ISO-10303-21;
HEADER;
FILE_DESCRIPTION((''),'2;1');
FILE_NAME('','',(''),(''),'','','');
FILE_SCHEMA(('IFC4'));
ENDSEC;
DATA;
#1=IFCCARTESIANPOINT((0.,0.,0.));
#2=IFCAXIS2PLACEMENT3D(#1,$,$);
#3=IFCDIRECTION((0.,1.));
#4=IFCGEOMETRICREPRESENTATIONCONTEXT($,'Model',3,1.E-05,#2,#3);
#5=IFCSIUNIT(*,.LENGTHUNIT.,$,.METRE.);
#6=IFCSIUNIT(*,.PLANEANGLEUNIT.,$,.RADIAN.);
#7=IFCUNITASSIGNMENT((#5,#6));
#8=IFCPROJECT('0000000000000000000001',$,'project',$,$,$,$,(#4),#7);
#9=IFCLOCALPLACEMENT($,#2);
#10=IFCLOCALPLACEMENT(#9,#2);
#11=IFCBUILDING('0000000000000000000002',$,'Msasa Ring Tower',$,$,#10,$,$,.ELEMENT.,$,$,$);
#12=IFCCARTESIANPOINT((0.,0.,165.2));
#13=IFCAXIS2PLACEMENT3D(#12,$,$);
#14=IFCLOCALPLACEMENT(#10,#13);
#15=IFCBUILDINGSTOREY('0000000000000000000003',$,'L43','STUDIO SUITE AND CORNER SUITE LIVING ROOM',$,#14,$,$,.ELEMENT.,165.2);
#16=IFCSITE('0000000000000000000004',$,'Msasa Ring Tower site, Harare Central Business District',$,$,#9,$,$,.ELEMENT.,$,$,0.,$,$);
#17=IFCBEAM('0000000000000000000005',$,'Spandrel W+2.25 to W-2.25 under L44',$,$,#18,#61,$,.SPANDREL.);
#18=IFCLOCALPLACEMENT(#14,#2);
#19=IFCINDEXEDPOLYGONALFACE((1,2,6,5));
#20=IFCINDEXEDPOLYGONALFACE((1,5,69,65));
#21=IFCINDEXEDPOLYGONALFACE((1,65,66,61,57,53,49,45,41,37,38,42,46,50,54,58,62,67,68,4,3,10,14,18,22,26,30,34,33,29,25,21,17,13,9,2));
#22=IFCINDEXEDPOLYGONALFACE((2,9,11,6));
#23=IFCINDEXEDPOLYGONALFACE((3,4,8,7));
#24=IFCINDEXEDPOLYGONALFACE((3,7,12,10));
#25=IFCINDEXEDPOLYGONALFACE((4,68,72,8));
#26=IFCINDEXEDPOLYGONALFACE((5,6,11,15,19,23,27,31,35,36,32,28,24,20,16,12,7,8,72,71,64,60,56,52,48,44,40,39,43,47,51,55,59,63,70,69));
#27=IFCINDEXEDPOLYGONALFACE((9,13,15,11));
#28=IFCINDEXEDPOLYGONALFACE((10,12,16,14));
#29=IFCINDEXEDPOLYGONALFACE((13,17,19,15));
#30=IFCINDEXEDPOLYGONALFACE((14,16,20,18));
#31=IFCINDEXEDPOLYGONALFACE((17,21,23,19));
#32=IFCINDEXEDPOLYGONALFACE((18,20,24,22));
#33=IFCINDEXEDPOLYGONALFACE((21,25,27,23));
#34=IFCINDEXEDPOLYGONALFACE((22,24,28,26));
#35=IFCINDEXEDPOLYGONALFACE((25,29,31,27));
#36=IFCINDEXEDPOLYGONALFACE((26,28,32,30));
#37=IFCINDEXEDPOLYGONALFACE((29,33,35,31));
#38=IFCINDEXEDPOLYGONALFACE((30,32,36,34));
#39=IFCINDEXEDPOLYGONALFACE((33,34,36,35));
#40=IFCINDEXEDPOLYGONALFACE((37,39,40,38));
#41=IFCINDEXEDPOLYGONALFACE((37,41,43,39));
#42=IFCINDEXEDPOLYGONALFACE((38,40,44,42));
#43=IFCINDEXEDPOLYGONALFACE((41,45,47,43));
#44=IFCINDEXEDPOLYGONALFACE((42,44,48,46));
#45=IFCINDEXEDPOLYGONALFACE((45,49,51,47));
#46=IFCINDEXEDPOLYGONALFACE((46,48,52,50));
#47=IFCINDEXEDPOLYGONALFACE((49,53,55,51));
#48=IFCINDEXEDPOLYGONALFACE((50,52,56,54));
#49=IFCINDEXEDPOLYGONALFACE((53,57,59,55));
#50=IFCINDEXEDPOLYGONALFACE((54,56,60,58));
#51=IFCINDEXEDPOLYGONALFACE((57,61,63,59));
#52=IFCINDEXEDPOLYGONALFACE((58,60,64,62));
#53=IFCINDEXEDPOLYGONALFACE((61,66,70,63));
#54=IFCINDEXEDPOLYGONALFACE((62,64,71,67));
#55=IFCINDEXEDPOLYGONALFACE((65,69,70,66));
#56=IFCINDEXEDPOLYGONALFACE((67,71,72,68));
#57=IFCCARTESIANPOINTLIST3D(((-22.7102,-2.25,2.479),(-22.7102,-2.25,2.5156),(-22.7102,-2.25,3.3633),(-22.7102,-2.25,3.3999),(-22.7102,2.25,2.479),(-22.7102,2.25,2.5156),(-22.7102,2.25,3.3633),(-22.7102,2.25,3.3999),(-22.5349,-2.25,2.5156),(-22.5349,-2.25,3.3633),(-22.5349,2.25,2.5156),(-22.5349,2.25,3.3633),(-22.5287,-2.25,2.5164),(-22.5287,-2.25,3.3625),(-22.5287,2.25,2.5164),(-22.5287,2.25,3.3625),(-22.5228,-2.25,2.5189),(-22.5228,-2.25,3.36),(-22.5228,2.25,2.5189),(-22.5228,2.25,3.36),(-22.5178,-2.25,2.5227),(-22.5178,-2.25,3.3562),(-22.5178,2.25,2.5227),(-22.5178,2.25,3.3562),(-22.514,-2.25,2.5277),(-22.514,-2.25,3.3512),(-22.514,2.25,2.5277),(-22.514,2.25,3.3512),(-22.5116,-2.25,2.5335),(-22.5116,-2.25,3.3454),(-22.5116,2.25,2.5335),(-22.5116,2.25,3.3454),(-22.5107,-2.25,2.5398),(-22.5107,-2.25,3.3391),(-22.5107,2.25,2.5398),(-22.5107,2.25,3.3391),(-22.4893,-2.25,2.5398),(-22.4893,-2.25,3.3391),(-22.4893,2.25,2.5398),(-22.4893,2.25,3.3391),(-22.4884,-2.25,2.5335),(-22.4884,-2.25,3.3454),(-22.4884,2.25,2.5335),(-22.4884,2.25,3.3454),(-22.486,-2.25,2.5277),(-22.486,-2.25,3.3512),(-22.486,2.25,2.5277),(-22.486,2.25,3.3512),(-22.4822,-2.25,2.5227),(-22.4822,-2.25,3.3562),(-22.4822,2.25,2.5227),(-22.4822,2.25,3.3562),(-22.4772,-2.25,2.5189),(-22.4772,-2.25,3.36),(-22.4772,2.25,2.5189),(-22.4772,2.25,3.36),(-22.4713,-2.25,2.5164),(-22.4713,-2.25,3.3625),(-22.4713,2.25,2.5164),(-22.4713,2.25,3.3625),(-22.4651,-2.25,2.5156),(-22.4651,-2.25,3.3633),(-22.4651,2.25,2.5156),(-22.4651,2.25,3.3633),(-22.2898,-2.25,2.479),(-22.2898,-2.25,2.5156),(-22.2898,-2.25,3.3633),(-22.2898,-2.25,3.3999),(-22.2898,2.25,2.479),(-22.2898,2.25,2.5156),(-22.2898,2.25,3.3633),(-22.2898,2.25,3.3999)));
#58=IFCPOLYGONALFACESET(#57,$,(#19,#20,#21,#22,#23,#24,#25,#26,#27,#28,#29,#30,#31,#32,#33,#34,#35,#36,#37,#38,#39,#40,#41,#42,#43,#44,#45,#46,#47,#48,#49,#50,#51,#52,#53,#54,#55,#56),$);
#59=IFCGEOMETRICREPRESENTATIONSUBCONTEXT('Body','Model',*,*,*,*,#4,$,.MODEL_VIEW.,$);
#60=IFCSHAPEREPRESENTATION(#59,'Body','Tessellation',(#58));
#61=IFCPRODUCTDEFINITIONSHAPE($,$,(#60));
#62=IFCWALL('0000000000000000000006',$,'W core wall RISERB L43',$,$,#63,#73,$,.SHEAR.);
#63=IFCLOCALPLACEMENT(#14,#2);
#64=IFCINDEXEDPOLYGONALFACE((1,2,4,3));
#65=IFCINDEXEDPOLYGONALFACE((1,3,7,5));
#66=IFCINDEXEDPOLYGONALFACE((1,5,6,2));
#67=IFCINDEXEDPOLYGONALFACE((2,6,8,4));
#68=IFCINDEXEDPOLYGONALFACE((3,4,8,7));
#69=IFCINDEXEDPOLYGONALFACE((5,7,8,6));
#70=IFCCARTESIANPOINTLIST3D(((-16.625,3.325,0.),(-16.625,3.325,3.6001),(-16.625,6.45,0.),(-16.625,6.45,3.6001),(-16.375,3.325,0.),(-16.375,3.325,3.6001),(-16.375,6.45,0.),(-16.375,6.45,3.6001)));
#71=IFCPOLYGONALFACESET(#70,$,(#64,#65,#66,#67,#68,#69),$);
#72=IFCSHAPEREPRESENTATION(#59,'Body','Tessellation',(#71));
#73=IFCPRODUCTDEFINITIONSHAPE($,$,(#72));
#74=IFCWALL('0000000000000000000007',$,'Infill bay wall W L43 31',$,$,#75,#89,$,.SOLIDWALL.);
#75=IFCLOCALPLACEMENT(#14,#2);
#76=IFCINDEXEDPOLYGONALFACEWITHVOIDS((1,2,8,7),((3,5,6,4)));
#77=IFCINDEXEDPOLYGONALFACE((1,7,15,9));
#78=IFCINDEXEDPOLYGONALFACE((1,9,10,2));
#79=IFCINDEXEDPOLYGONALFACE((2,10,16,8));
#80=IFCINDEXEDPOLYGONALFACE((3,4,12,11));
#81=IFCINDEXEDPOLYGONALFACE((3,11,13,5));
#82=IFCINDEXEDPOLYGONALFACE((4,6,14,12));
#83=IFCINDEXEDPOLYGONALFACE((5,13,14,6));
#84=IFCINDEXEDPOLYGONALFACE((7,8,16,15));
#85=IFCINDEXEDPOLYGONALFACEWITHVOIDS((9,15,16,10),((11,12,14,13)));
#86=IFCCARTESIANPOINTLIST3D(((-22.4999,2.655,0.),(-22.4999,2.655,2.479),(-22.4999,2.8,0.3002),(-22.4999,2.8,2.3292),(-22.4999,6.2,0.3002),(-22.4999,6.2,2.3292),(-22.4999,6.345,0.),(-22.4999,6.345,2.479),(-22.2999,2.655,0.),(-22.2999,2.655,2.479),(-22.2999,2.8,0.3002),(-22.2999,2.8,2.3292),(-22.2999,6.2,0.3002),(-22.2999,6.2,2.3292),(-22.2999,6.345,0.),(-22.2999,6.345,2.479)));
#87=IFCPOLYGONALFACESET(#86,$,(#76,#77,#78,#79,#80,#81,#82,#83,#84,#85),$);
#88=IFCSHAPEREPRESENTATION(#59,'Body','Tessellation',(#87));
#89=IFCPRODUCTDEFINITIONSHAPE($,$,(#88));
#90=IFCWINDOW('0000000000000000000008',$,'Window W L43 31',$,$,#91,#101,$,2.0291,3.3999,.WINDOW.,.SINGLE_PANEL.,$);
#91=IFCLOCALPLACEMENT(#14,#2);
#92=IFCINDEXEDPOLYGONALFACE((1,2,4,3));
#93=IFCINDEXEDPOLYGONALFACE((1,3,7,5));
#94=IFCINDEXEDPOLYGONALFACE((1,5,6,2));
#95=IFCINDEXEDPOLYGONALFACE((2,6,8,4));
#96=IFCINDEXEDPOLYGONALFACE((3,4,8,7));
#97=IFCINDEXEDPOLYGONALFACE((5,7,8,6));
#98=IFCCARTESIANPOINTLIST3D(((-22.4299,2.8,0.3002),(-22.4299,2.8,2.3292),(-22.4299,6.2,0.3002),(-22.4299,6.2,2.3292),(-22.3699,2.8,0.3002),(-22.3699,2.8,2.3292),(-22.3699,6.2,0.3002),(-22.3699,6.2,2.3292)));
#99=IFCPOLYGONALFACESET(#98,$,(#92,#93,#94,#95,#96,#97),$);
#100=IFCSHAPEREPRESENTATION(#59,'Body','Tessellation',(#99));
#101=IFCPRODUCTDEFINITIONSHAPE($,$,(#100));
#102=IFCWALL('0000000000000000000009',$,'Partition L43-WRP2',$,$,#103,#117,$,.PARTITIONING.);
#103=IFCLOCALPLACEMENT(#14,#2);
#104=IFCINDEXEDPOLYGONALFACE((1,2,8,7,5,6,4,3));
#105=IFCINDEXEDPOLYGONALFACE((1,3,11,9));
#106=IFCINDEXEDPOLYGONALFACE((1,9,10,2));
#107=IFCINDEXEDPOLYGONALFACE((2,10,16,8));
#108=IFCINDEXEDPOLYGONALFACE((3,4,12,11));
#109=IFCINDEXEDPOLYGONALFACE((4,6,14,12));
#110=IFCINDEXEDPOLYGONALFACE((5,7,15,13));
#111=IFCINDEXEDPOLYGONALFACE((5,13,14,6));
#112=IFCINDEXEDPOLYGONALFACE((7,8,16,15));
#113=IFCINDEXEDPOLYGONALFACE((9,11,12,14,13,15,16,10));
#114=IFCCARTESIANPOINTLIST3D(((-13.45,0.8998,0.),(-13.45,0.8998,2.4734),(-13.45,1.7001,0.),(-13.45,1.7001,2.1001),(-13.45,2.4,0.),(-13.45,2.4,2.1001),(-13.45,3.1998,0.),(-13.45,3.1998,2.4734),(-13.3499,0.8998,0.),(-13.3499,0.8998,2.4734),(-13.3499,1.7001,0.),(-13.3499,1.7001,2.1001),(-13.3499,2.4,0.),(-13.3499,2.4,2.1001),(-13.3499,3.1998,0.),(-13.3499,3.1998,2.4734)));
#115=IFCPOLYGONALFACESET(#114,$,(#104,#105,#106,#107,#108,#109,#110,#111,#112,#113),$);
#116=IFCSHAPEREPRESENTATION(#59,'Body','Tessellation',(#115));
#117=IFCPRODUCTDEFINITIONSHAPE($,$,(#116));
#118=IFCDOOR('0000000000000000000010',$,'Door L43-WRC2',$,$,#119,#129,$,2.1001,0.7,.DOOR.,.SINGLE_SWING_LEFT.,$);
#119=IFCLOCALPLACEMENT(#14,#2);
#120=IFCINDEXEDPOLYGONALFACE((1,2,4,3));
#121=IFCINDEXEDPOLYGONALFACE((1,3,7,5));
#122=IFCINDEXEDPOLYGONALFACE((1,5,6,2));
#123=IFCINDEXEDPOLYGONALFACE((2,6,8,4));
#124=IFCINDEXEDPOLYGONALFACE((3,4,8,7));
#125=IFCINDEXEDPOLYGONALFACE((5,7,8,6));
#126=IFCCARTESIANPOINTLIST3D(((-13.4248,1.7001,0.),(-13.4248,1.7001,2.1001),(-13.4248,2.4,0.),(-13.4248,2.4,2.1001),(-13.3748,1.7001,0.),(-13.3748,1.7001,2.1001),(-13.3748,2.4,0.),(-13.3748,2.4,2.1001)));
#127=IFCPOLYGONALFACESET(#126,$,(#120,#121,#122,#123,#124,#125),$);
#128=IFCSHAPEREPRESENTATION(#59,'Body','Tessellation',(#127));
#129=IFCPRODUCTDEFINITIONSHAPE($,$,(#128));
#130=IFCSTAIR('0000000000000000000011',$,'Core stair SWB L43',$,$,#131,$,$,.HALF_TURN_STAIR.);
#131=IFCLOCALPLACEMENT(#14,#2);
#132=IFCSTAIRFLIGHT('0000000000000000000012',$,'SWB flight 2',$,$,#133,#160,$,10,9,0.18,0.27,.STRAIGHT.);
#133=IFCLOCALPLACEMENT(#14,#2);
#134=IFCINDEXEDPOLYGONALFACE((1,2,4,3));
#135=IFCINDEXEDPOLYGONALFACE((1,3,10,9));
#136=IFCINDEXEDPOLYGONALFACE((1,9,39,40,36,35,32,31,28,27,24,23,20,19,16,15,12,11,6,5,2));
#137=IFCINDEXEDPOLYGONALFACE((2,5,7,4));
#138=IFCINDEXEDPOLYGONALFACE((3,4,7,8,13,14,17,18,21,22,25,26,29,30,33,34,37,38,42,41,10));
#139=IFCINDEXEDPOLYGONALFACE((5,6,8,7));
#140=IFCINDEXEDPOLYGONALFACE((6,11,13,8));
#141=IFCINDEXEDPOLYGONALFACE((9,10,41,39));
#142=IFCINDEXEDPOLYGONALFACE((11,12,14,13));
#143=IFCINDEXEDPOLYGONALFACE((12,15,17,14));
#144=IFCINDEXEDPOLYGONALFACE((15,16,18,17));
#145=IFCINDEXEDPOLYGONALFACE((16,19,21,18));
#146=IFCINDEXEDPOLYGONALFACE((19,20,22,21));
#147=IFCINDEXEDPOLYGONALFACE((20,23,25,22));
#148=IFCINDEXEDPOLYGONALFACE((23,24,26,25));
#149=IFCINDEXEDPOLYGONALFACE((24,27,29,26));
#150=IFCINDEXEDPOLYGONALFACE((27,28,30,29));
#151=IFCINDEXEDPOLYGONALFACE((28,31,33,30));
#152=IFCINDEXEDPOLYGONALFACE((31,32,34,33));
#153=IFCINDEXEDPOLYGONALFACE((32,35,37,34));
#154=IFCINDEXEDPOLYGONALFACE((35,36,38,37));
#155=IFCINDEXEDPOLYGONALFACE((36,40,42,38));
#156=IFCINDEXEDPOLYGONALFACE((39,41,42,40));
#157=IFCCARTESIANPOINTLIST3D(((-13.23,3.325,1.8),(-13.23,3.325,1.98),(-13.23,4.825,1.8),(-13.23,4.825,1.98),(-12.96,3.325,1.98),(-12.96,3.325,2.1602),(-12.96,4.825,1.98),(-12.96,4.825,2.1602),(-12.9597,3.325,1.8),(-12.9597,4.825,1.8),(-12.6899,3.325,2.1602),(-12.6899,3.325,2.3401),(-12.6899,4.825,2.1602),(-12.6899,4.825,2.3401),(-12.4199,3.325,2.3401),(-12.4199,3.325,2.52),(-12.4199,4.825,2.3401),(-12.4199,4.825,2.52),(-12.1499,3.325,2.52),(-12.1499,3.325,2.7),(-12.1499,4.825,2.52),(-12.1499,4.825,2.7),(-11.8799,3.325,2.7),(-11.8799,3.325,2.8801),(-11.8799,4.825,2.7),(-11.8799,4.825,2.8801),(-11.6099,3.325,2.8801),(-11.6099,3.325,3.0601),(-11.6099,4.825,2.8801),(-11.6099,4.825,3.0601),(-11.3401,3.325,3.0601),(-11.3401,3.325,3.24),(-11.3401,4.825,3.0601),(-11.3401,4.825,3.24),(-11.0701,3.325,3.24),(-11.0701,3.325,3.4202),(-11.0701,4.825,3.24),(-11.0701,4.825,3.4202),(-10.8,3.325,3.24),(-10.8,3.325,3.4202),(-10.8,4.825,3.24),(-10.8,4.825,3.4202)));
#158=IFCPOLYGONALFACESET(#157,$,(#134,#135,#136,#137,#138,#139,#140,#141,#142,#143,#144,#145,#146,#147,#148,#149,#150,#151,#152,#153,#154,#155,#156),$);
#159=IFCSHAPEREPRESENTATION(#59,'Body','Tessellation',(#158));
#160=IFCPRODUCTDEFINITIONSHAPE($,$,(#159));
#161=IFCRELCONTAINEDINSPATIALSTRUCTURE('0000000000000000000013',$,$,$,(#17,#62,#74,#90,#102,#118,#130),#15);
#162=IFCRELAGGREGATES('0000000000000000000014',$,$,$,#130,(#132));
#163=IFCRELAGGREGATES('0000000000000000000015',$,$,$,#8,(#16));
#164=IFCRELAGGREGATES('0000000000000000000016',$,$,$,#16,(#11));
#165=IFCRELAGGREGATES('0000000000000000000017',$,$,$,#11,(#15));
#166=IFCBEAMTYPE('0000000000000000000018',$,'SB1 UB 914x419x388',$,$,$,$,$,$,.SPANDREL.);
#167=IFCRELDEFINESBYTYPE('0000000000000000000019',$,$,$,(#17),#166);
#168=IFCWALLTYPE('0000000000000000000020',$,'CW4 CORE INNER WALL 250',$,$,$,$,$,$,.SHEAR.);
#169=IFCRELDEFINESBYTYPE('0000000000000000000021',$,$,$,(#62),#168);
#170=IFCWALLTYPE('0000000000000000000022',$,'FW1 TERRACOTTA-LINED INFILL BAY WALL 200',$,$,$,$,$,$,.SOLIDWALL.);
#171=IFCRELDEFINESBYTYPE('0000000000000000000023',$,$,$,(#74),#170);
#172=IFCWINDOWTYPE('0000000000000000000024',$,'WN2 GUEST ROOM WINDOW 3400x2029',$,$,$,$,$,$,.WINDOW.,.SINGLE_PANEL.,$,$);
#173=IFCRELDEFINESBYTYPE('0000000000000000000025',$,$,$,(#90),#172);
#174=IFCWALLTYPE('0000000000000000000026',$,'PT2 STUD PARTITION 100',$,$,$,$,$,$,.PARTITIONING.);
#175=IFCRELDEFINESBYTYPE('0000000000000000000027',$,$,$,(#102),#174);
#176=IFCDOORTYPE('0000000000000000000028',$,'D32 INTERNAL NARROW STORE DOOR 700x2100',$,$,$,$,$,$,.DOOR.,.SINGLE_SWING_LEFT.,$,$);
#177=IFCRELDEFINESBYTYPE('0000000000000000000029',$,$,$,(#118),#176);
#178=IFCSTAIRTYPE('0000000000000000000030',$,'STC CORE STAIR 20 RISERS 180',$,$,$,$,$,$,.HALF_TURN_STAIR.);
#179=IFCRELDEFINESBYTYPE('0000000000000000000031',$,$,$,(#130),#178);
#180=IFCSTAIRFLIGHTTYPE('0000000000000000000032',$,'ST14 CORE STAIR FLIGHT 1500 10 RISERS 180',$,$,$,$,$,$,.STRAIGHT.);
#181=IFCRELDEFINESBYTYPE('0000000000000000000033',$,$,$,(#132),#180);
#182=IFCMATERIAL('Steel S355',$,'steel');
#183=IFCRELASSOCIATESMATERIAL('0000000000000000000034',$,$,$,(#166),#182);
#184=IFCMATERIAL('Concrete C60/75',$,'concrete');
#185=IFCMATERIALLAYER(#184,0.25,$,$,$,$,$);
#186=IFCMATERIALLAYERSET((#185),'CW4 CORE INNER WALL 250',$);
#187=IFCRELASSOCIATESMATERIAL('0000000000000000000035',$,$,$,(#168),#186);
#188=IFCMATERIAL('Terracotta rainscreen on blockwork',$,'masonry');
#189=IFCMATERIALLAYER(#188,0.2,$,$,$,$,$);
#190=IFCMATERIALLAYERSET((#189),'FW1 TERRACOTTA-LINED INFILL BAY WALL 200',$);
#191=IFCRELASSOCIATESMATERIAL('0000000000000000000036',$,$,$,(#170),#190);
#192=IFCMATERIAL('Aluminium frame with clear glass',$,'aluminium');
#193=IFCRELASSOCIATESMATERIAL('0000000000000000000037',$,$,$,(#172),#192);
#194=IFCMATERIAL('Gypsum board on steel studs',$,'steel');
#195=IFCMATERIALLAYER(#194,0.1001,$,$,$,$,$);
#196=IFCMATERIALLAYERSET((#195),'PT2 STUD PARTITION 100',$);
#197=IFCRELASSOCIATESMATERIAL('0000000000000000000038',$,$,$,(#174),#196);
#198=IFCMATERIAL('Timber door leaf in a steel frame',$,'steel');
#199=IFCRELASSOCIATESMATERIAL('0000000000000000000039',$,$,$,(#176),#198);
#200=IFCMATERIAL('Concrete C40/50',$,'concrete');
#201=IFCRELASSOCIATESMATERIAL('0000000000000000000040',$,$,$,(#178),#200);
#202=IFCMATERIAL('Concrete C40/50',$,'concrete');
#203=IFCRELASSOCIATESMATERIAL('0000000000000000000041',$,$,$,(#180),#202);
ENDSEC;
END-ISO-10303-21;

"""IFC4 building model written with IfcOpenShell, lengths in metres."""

from ifc_helpers import new_model, si_unit, direction, frame, frame_2d, origin, origin_2d, place, context, subcontext, project, spatial, polyline, rectangle, i_section, outline, extrude, material, layer, layer_set, material_profile, profile_set, type_object, element, fill, aggregate, save


model = new_model("IFC4")

# Units and contexts
model_context = context("Model", 3, precision=1e-05, world=origin(), true_north=direction((0.0, 1.0)))
body_context = subcontext(model_context, "Body", "Model", "MODEL_VIEW")
ifc_project = project(units=[si_unit("LENGTHUNIT", "METRE"), si_unit("PLANEANGLEUNIT", "RADIAN")], contexts=[model_context])

# Site, building, storey
site_placement = place(None, origin())
site = spatial("IfcSite", under=ifc_project, at=site_placement, Name="Msasa Ring Tower site, Harare Central Business District", CompositionType="ELEMENT", RefElevation=0.0)
building_placement = place(site_placement, origin())
building = spatial("IfcBuilding", under=site, at=building_placement, Name="Msasa Ring Tower", CompositionType="ELEMENT")
storey_placement = place(building_placement, frame((0.0, 0.0, 165.2)))
storey = spatial("IfcBuildingStorey", under=building, at=storey_placement, Name="L43", Description="STUDIO SUITE AND CORNER SUITE LIVING ROOM", CompositionType="ELEMENT", Elevation=165.2)

# Beam
ifc_material_1 = material(Name="Steel S355", Category="steel")
ifc_material_profile_1 = material_profile(ifc_material_1, i_section(OverallWidth=0.4204, OverallDepth=0.9209, WebThickness=0.0215, FlangeThickness=0.0366, FilletRadius=0.0242, at=origin_2d()), Name="UB 914x419x388")
ifc_profile_set_1 = profile_set([ifc_material_profile_1], Name="Steel S355")
beam_type_1 = type_object("IfcBeamType", Name="SB1 UB 914x419x388", PredefinedType="SPANDREL", material=ifc_profile_set_1)
for number, where, z_axis, x_axis, name in (
    (1, (-22.5, 2.25, 2.9395), (0.0, -1.0, 0.0), (1.0, 0.0, 0.0), "Spandrel W+2.25 to W-2.25 under L44"),
):
    element("IfcBeam", number, at=place(storey_placement, frame(where, z_axis=z_axis, x_axis=x_axis)), inside=storey, type_object=beam_type_1, Name=name, PredefinedType="SPANDREL", context=body_context, shape_type="SweptSolid", body=[
        extrude(i_section(OverallWidth=0.4204, OverallDepth=0.9209, WebThickness=0.0215, FlangeThickness=0.0366, FilletRadius=0.0242, at=origin_2d()), origin(), (0.0, 0.0, 1.0), 4.5),
    ])

# Wall
ifc_material_2 = material(Name="Concrete C60/75", Category="concrete")
ifc_layer_1 = layer(ifc_material_2, 0.25)
ifc_layer_set_1 = layer_set([ifc_layer_1], Name="CW4 CORE INNER WALL 250")
wall_type_1 = type_object("IfcWallType", Name="CW4 CORE INNER WALL 250", PredefinedType="SHEAR", material=ifc_layer_set_1)
wall_1_placement = place(storey_placement, frame((-16.5, 3.325, 0.0), z_axis=(0.0, 0.0, 1.0), x_axis=(0.0, 1.0, 0.0)))
element("IfcWall", 2, at=wall_1_placement, inside=storey, type_object=wall_type_1, Name="W core wall RISERB L43", PredefinedType="SHEAR", context=body_context, shape_type="SweptSolid", body=[
    extrude(rectangle(XDim=3.125, YDim=0.25, at=frame_2d((1.5625, 0.0))), origin(), (0.0, 0.0, 1.0), 3.6001),
])

# Wall, opening, window
ifc_material_3 = material(Name="Terracotta rainscreen on blockwork", Category="masonry")
ifc_layer_2 = layer(ifc_material_3, 0.2)
ifc_layer_set_2 = layer_set([ifc_layer_2], Name="FW1 TERRACOTTA-LINED INFILL BAY WALL 200")
wall_type_2 = type_object("IfcWallType", Name="FW1 TERRACOTTA-LINED INFILL BAY WALL 200", PredefinedType="SOLIDWALL", material=ifc_layer_set_2)
wall_2_placement = place(storey_placement, frame((-22.3999, 2.655, 0.0), z_axis=(0.0, 0.0, 1.0), x_axis=(0.0, 1.0, 0.0)))
wall_2 = element("IfcWall", 3, at=wall_2_placement, inside=storey, type_object=wall_type_2, Name="Infill bay wall W L43 31", PredefinedType="SOLIDWALL", context=body_context, shape_type="SweptSolid", body=[
    extrude(rectangle(XDim=3.6899, YDim=0.2, at=frame_2d((1.845, 0.0))), origin(), (0.0, 0.0, 1.0), 2.479),
])
opening_1_placement = place(wall_2_placement, frame((0.145, 0.0, 0.3)))
opening_1 = element("IfcOpeningElement", 4, at=opening_1_placement, cuts=wall_2, PredefinedType="OPENING", context=body_context, shape_type="SweptSolid", body=[
    extrude(rectangle(XDim=3.3999, YDim=2.0291, at=frame_2d((1.7, 1.0146))), frame((0.0, 0.1099, 0.0), z_axis=(0.0, -1.0, 0.0), x_axis=(1.0, 0.0, 0.0)), (0.0, 0.0, 1.0), 0.22),
])
ifc_material_4 = material(Name="Aluminium frame with clear glass", Category="aluminium")
window_type = type_object("IfcWindowType", Name="WN2 GUEST ROOM WINDOW 3400x2029", PartitioningType="SINGLE_PANEL", PredefinedType="WINDOW", material=ifc_material_4)
window_placement = place(opening_1_placement, origin())
window = element("IfcWindow", 5, at=window_placement, inside=storey, type_object=window_type, Name="Window W L43 31", OverallHeight=2.0291, OverallWidth=3.3999, PartitioningType="SINGLE_PANEL", PredefinedType="WINDOW", context=body_context, shape_type="SweptSolid", body=[
    extrude(rectangle(XDim=3.3999, YDim=2.0291, at=frame_2d((1.7, 1.0146))), frame((0.0, 0.03, 0.0), z_axis=(0.0, -1.0, 0.0), x_axis=(1.0, 0.0, 0.0)), (0.0, 0.0, 1.0), 0.0601),
])
fill(opening_1, window)

# Wall, opening, door
ifc_material_5 = material(Name="Gypsum board on steel studs", Category="steel")
ifc_layer_3 = layer(ifc_material_5, 0.1001)
ifc_layer_set_3 = layer_set([ifc_layer_3], Name="PT2 STUD PARTITION 100")
wall_type_3 = type_object("IfcWallType", Name="PT2 STUD PARTITION 100", PredefinedType="PARTITIONING", material=ifc_layer_set_3)
wall_3_placement = place(storey_placement, frame((-13.3999, 0.8999, 0.0), z_axis=(0.0, 0.0, 1.0), x_axis=(0.0, 1.0, 0.0)))
wall_3 = element("IfcWall", 6, at=wall_3_placement, inside=storey, type_object=wall_type_3, Name="Partition L43-WRP2", PredefinedType="PARTITIONING", context=body_context, shape_type="SweptSolid", body=[
    extrude(rectangle(XDim=2.3, YDim=0.1001, at=frame_2d((1.1499, 0.0))), origin(), (0.0, 0.0, 1.0), 2.4734),
])
opening_2_placement = place(wall_3_placement, frame((0.8, 0.0, 0.0)))
opening_2 = element("IfcOpeningElement", 7, at=opening_2_placement, cuts=wall_3, PredefinedType="OPENING", context=body_context, shape_type="SweptSolid", body=[
    extrude(rectangle(XDim=0.7, YDim=2.1001, at=frame_2d((0.3501, 1.05))), frame((0.0, 0.0601, 0.0), z_axis=(0.0, -1.0, 0.0), x_axis=(1.0, 0.0, 0.0)), (0.0, 0.0, 1.0), 0.1201),
])
ifc_material_6 = material(Name="Timber door leaf in a steel frame", Category="steel")
door_type = type_object("IfcDoorType", Name="D32 INTERNAL NARROW STORE DOOR 700x2100", OperationType="SINGLE_SWING_LEFT", PredefinedType="DOOR", material=ifc_material_6)
door_placement = place(opening_2_placement, origin())
door = element("IfcDoor", 8, at=door_placement, inside=storey, type_object=door_type, Name="Door L43-WRC2", OperationType="SINGLE_SWING_LEFT", OverallHeight=2.1001, OverallWidth=0.7, PredefinedType="DOOR", context=body_context, shape_type="SweptSolid", body=[
    extrude(rectangle(XDim=0.7, YDim=2.1001, at=frame_2d((0.3501, 1.05))), frame((0.0, 0.0249, 0.0), z_axis=(0.0, -1.0, 0.0), x_axis=(1.0, 0.0, 0.0)), (0.0, 0.0, 1.0), 0.05),
])
fill(opening_2, door)

# Stair, stair flight
ifc_material_7 = material(Name="Concrete C40/50", Category="concrete")
stair_type = type_object("IfcStairType", Name="STC CORE STAIR 20 RISERS 180", PredefinedType="HALF_TURN_STAIR", material=ifc_material_7)
stair_placement = place(storey_placement, origin())
stair = element("IfcStair", 9, at=stair_placement, inside=storey, type_object=stair_type, Name="Core stair SWB L43", PredefinedType="HALF_TURN_STAIR")
ifc_material_8 = material(Name="Concrete C40/50", Category="concrete")
stair_flight_type = type_object("IfcStairFlightType", Name="ST14 CORE STAIR FLIGHT 1500 10 RISERS 180", PredefinedType="STRAIGHT", material=ifc_material_8)
stair_flight_placement = place(storey_placement, frame((-13.23, 4.075, 1.8), z_axis=(0.0, 0.0, 1.0), x_axis=(1.0, 0.0, 0.0)))
stair_flight = element("IfcStairFlight", 10, at=stair_flight_placement, type_object=stair_flight_type, Name="SWB flight 2", NumberOfRisers=10, NumberOfTreads=9, PredefinedType="STRAIGHT", RiserHeight=0.18, TreadLength=0.27, context=body_context, shape_type="SweptSolid", body=[
    extrude(outline(polyline([(0.0, 0.0), (0.0, 0.1799), (0.27, 0.1799), (0.27, 0.3601), (0.54, 0.3601), (0.54, 0.54), (0.8101, 0.54), (0.8101, 0.72), (1.0801, 0.72), (1.0801, 0.8999), (1.3501, 0.8999), (1.3501, 1.0801), (1.6201, 1.0801), (1.6201, 1.26), (1.8899, 1.26), (1.8899, 1.4399), (2.1599, 1.4399), (2.1599, 1.6201), (2.4299, 1.6201), (2.4299, 1.8), (2.4299, 1.4399), (0.2703, 0.0), (0.0, 0.0)])), frame((0.0, 0.75, 0.0), z_axis=(0.0, -1.0, 0.0), x_axis=(1.0, 0.0, 0.0)), (0.0, 0.0, 1.0), 1.5),
])
aggregate(stair, [stair_flight])

save(model, "model.ifc")
